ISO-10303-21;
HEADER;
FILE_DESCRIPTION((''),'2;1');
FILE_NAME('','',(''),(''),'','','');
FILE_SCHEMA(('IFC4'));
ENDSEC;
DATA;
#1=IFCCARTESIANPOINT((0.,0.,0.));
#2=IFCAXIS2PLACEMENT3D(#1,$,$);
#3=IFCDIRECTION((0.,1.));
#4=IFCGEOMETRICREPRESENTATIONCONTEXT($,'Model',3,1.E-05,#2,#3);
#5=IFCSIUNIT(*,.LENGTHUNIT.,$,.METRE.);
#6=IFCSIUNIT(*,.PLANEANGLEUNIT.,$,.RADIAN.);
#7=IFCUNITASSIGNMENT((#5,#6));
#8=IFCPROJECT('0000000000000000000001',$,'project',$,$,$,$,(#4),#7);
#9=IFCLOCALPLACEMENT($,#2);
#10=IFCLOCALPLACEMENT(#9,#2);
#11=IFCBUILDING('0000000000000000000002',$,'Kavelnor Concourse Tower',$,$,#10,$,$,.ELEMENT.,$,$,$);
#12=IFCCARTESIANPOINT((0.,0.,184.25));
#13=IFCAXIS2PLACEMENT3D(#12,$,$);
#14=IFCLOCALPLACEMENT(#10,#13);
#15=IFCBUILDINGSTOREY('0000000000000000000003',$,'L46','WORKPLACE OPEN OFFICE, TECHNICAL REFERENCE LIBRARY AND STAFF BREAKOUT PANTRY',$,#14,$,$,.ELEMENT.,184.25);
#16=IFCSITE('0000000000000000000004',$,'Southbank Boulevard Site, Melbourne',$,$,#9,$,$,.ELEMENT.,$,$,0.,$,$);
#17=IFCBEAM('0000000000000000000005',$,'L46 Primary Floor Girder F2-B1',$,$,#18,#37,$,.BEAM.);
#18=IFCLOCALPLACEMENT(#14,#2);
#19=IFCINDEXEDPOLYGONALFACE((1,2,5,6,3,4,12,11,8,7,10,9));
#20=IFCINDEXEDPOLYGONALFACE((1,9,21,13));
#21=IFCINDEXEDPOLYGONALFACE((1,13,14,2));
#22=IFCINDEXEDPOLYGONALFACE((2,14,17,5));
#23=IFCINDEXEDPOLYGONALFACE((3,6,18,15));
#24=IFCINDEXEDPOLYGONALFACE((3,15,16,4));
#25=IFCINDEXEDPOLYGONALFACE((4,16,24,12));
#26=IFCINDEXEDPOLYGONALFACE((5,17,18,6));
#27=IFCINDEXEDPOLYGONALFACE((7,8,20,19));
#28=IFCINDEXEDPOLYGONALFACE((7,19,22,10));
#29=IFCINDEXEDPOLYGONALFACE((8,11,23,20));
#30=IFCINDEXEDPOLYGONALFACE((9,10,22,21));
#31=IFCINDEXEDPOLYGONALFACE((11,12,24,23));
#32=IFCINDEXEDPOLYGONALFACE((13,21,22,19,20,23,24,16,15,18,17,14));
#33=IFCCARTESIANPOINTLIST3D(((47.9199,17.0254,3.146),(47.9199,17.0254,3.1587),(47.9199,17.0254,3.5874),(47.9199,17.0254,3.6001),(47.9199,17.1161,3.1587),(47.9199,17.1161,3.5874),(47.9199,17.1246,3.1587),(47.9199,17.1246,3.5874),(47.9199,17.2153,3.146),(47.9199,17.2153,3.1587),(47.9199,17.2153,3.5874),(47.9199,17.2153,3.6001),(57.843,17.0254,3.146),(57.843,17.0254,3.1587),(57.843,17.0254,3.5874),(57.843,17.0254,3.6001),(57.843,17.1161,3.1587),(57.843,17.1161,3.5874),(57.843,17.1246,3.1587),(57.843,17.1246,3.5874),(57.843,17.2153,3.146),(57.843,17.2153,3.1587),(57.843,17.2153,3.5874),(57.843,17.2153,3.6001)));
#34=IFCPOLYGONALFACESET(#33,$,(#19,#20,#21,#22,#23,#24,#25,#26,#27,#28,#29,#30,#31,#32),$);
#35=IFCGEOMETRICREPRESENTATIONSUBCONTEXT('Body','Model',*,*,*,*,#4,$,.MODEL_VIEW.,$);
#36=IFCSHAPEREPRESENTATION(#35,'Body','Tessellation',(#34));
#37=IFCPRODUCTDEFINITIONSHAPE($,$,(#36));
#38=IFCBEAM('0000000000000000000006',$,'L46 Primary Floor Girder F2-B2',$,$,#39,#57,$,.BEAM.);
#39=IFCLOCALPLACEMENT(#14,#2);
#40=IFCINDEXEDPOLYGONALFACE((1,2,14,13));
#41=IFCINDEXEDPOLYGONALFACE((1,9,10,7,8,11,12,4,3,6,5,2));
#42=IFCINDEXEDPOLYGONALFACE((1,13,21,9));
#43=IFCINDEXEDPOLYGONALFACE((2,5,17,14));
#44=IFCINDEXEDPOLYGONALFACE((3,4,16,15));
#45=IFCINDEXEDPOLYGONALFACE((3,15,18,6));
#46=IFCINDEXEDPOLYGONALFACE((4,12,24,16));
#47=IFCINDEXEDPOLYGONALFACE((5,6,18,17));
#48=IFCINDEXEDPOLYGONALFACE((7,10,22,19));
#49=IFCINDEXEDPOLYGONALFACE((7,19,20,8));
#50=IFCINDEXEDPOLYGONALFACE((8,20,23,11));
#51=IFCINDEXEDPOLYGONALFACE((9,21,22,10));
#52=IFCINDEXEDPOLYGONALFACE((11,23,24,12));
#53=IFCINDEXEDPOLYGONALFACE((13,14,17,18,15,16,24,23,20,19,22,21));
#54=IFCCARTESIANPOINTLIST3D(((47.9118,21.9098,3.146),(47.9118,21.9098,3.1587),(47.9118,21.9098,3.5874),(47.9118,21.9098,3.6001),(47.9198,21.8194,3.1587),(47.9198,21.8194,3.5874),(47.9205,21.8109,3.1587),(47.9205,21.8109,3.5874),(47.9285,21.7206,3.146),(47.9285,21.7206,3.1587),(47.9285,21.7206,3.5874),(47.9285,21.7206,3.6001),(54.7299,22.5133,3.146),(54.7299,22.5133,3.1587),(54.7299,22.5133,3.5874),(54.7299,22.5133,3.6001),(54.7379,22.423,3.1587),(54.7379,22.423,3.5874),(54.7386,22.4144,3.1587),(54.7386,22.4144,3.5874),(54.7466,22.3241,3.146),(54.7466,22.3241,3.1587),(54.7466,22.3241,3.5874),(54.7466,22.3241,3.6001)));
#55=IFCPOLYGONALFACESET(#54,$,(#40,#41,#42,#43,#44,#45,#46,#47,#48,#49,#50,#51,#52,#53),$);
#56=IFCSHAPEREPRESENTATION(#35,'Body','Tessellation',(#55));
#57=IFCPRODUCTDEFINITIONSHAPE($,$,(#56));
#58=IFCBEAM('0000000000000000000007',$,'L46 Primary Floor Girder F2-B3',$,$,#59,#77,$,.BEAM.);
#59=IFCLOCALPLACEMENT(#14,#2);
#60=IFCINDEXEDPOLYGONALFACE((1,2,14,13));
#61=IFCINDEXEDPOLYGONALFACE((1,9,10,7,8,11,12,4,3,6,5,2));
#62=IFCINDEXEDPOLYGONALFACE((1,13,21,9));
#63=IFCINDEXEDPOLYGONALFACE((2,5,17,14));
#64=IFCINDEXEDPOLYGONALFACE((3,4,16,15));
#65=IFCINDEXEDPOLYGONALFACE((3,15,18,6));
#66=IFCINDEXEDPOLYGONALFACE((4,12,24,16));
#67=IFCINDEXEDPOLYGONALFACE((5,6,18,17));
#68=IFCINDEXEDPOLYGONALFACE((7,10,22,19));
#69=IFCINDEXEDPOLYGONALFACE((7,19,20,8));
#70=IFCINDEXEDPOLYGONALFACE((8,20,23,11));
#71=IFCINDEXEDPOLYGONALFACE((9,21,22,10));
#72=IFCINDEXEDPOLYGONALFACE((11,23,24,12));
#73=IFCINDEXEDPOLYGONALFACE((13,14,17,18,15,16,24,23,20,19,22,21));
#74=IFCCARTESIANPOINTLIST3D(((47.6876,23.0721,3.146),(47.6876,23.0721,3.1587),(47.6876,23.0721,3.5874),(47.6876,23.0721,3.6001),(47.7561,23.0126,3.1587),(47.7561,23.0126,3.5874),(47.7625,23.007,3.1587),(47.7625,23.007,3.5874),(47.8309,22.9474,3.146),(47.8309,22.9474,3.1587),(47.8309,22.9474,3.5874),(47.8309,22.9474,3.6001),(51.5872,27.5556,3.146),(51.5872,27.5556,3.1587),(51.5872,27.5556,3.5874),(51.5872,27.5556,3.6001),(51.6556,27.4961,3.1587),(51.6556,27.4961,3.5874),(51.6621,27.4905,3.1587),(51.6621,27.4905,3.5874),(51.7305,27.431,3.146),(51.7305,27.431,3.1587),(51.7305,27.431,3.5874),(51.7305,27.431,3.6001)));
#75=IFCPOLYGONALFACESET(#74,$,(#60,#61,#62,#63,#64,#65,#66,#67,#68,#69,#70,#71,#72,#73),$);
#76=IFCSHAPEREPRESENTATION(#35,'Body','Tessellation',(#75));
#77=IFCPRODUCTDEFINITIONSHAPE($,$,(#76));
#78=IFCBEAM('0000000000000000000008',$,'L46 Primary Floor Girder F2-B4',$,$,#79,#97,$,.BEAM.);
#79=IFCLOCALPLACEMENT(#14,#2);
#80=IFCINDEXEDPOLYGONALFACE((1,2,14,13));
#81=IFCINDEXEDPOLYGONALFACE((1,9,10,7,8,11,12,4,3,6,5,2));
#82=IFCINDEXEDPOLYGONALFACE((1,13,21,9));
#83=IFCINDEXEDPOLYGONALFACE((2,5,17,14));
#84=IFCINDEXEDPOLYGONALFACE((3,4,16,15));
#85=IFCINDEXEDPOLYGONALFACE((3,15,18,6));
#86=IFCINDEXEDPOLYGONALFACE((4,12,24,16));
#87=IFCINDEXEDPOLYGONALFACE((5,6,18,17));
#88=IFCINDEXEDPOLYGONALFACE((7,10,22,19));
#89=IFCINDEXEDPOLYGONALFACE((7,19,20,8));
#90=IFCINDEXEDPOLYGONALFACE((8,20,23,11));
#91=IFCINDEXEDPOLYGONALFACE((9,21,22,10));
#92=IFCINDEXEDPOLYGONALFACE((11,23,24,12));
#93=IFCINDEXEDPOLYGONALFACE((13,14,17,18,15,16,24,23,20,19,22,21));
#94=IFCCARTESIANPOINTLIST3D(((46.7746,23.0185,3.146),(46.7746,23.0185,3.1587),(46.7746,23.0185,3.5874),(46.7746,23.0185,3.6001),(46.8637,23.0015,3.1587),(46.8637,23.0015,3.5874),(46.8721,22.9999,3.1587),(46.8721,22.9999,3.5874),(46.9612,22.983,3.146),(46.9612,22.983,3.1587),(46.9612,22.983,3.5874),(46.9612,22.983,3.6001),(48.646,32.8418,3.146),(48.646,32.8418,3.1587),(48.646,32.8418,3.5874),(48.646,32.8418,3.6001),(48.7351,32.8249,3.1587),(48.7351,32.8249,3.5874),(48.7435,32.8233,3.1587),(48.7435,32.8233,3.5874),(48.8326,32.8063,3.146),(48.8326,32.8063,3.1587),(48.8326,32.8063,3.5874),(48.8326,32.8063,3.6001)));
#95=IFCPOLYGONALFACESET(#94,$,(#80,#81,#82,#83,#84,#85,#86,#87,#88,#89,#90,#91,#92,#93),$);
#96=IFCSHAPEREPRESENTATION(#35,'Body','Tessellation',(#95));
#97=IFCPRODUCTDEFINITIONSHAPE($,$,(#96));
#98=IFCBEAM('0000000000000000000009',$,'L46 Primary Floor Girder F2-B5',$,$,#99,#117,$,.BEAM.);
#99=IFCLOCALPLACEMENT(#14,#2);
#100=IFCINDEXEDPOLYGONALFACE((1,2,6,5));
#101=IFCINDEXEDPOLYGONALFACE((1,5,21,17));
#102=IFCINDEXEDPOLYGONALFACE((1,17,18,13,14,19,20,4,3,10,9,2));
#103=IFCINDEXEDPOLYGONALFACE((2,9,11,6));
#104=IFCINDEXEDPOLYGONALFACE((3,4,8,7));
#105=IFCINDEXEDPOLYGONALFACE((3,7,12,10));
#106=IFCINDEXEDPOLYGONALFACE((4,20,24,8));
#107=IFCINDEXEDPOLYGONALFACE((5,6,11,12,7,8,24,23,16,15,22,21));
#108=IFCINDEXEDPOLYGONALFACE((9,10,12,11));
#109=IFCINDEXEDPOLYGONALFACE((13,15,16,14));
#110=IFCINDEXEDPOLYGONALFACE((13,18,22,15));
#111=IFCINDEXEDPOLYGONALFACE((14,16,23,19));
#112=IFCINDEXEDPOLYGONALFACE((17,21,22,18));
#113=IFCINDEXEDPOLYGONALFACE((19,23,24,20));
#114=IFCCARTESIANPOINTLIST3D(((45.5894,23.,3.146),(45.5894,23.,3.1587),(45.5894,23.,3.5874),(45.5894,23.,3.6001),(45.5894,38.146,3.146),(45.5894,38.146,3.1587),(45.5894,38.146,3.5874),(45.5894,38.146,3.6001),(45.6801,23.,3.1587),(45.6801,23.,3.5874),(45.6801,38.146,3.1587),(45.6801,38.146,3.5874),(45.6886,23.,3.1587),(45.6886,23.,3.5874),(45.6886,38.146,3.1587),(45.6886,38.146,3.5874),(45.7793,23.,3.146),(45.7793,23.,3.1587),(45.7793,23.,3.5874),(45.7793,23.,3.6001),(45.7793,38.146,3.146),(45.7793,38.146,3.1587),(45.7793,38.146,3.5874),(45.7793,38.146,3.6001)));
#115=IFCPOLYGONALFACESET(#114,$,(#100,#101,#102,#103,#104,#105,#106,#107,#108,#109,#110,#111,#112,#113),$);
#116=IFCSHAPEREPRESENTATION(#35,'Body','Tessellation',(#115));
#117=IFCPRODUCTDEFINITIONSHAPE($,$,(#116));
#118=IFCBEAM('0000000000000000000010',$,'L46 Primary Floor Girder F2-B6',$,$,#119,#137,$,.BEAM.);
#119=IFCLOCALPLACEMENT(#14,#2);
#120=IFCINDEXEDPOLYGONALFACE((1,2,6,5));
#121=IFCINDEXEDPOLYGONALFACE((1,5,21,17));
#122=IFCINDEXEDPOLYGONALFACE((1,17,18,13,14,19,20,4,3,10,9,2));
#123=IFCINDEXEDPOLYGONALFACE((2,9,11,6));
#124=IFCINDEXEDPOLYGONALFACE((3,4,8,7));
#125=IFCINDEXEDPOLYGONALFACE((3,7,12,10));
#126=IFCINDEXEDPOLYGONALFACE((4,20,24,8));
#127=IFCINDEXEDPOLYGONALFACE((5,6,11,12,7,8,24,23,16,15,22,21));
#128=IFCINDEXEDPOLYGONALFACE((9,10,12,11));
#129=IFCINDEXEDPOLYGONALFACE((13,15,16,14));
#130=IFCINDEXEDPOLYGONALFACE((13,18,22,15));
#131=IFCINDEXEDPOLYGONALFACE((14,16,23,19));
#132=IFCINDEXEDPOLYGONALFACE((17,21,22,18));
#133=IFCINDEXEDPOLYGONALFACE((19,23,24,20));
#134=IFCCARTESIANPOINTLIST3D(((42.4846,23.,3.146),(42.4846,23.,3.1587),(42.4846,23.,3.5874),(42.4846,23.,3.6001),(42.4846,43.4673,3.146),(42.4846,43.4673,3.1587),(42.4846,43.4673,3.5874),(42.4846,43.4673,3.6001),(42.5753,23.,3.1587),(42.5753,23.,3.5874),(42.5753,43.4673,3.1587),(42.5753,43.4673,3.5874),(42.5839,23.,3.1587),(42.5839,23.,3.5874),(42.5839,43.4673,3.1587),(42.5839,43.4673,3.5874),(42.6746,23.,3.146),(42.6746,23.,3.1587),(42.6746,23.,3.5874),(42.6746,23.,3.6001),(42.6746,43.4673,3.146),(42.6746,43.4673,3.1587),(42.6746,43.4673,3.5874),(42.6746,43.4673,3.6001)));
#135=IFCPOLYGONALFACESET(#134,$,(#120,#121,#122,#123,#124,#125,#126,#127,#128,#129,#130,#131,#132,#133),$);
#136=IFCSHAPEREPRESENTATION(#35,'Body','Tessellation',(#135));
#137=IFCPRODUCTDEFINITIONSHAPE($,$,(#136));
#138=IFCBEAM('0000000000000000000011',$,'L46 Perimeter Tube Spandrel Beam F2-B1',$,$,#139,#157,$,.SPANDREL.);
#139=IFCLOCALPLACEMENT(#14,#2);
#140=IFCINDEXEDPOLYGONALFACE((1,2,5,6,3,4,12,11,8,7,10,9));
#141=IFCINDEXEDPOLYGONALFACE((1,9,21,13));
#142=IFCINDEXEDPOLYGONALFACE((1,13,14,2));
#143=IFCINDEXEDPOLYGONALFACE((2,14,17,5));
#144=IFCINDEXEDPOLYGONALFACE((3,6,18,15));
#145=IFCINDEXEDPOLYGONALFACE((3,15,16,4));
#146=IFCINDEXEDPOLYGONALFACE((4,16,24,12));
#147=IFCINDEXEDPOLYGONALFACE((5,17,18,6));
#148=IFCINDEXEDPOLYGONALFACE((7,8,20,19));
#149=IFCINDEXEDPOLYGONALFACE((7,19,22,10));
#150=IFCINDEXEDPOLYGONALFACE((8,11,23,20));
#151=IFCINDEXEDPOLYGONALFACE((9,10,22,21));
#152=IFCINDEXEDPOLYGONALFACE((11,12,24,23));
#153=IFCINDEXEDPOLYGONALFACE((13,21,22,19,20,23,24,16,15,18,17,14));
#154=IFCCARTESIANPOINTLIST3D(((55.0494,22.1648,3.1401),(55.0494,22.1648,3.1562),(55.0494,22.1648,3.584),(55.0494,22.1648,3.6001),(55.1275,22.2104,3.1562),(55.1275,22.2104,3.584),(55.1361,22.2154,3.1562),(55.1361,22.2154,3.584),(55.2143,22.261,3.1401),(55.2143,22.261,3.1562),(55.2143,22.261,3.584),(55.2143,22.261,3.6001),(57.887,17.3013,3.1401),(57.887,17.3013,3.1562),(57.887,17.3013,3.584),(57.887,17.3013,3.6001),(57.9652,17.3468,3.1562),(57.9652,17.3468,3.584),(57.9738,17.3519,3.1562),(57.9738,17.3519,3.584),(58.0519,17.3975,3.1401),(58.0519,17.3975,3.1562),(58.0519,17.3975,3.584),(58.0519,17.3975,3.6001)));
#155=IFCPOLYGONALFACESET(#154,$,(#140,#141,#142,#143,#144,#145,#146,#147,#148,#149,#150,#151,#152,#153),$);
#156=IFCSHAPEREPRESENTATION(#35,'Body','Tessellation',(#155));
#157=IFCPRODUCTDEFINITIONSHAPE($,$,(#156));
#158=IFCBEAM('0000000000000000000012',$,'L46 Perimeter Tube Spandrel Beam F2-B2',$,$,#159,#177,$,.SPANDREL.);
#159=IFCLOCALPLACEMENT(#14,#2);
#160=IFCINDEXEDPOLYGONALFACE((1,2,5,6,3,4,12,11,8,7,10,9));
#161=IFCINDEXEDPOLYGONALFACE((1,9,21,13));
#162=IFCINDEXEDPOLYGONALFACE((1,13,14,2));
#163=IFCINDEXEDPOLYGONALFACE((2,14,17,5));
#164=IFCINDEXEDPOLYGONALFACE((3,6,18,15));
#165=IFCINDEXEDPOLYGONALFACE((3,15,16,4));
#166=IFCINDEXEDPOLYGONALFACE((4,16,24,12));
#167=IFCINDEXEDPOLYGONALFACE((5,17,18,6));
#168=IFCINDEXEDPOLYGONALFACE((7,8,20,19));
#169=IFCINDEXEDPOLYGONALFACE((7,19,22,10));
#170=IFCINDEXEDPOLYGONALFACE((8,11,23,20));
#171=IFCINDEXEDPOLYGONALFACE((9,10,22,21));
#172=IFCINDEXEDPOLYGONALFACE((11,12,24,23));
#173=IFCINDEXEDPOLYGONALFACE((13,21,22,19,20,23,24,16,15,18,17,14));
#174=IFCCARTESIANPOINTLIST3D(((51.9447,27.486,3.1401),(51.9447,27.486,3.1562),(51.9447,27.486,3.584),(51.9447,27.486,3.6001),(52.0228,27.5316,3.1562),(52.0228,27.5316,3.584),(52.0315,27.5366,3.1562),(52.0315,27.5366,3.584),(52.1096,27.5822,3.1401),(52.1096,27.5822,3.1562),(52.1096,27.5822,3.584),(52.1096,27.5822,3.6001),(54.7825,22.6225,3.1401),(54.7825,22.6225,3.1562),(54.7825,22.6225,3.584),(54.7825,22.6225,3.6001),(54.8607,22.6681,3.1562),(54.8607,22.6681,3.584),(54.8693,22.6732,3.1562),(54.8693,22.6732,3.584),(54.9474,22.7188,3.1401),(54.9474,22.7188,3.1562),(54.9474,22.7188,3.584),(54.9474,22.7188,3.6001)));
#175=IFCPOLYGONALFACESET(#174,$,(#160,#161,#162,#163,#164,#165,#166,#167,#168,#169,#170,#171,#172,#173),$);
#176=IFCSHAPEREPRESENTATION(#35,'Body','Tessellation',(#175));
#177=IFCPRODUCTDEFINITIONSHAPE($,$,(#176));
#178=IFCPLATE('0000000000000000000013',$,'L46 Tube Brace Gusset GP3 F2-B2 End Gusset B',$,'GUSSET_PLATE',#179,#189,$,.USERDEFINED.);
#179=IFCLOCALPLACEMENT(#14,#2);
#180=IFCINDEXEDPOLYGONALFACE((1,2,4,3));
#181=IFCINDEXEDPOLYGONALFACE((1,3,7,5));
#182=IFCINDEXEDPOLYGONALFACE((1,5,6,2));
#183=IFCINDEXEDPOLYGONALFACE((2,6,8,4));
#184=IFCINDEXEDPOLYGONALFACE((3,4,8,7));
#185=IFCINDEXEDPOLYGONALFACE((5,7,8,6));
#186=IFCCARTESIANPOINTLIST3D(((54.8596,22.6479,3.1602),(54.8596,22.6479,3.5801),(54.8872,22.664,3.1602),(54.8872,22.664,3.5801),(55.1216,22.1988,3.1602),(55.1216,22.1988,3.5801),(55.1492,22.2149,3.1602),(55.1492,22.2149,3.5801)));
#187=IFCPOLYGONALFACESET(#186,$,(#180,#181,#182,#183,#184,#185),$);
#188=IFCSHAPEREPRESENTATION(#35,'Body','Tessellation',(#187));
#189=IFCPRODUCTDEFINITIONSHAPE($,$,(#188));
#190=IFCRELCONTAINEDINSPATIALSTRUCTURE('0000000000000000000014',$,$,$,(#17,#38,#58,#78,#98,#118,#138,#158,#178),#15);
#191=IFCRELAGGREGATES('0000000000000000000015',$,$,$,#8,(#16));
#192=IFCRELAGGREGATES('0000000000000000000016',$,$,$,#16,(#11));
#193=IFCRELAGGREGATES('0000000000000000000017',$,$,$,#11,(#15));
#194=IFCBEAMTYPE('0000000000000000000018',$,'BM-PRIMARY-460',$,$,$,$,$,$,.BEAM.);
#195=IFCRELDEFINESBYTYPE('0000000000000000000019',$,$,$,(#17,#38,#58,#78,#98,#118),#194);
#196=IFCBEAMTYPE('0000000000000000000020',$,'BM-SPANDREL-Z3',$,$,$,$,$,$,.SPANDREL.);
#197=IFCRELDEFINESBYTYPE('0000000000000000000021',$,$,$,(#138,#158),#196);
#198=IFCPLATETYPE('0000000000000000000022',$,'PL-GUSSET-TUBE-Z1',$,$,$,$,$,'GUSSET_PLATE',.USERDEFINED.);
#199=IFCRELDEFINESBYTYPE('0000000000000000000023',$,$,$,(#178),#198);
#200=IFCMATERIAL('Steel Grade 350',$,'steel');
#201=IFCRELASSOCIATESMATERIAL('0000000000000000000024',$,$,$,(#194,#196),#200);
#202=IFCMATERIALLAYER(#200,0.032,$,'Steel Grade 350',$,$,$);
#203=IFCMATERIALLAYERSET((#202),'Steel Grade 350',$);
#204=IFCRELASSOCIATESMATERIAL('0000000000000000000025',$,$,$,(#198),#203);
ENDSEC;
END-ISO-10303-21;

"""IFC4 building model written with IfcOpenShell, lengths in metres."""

from ifc_helpers import new_model, si_unit, direction, frame, origin, origin_2d, place, context, subcontext, project, spatial, rectangle, i_section, extrude, material, layer, layer_set, material_profile, profile_set, type_object, element, save


model = new_model("IFC4")

# Units and contexts
model_context = context("Model", 3, precision=1e-05, world=origin(), true_north=direction((0.0, 1.0)))
body_context = subcontext(model_context, "Body", "Model", "MODEL_VIEW")
ifc_project = project(units=[si_unit("LENGTHUNIT", "METRE"), si_unit("PLANEANGLEUNIT", "RADIAN")], contexts=[model_context])

# Site, building, storey
site_placement = place(None, origin())
site = spatial("IfcSite", under=ifc_project, at=site_placement, Name="Southbank Boulevard Site, Melbourne", CompositionType="ELEMENT", RefElevation=0.0)
building_placement = place(site_placement, origin())
building = spatial("IfcBuilding", under=site, at=building_placement, Name="Kavelnor Concourse Tower", CompositionType="ELEMENT")
storey_placement = place(building_placement, frame((0.0, 0.0, 184.25)))
storey = spatial("IfcBuildingStorey", under=building, at=storey_placement, Name="L46", Description="WORKPLACE OPEN OFFICE, TECHNICAL REFERENCE LIBRARY AND STAFF BREAKOUT PANTRY", CompositionType="ELEMENT", Elevation=184.25)

# Shared definitions
ifc_material_1 = material(Name="Steel Grade 350", Category="steel")

# Beams
ifc_material_profile_1 = material_profile(ifc_material_1, i_section(OverallWidth=0.1899, OverallDepth=0.4541, WebThickness=0.0085, FlangeThickness=0.0127, at=origin_2d()), Name="460UB67")
ifc_profile_set_1 = profile_set([ifc_material_profile_1], Name="Steel Grade 350")
beam_type_1 = type_object("IfcBeamType", Name="BM-PRIMARY-460", PredefinedType="BEAM", material=ifc_profile_set_1)
beam_1_placement = place(storey_placement, frame((47.9199, 17.1204, 3.373), z_axis=(1.0, 0.0, 0.0), x_axis=(0.0, 1.0, 0.0)))
element("IfcBeam", 1, at=beam_1_placement, inside=storey, type_object=beam_type_1, Name="L46 Primary Floor Girder F2-B1", PredefinedType="BEAM", context=body_context, shape_type="SweptSolid", body=[
    extrude(i_section(OverallWidth=0.1899, OverallDepth=0.4541, WebThickness=0.0085, FlangeThickness=0.0127, at=origin_2d()), origin(), (0.0, 0.0, 1.0), 9.9231),
])
beam_2_placement = place(storey_placement, frame((47.9202, 21.8152, 3.373), z_axis=(0.996105, 0.088172, 0.0), x_axis=(-0.088172, 0.996105, 0.0)))
element("IfcBeam", 2, at=beam_2_placement, inside=storey, type_object=beam_type_1, Name="L46 Primary Floor Girder F2-B2", PredefinedType="BEAM", context=body_context, shape_type="SweptSolid", body=[
    extrude(i_section(OverallWidth=0.1899, OverallDepth=0.4541, WebThickness=0.0085, FlangeThickness=0.0127, at=origin_2d()), origin(), (0.0, 0.0, 1.0), 6.8447),
])
beam_3_placement = place(storey_placement, frame((47.7593, 23.0098, 3.373), z_axis=(0.656259, 0.754536, 0.0), x_axis=(-0.754536, 0.656259, 0.0)))
element("IfcBeam", 3, at=beam_3_placement, inside=storey, type_object=beam_type_1, Name="L46 Primary Floor Girder F2-B3", PredefinedType="BEAM", context=body_context, shape_type="SweptSolid", body=[
    extrude(i_section(OverallWidth=0.1899, OverallDepth=0.4541, WebThickness=0.0085, FlangeThickness=0.0127, at=origin_2d()), origin(), (0.0, 0.0, 1.0), 5.9421),
])
beam_4_placement = place(storey_placement, frame((46.8679, 23.0007, 3.373), z_axis=(0.187136, 0.982334, 0.0), x_axis=(-0.982334, 0.187136, 0.0)))
element("IfcBeam", 4, at=beam_4_placement, inside=storey, type_object=beam_type_1, Name="L46 Primary Floor Girder F2-B4", PredefinedType="BEAM", context=body_context, shape_type="SweptSolid", body=[
    extrude(i_section(OverallWidth=0.1899, OverallDepth=0.4541, WebThickness=0.0085, FlangeThickness=0.0127, at=origin_2d()), origin(), (0.0, 0.0, 1.0), 10.0),
])
beam_5_placement = place(storey_placement, frame((45.6843, 23.0, 3.373), z_axis=(0.0, 1.0, 0.0), x_axis=(-1.0, 0.0, 0.0)))
element("IfcBeam", 5, at=beam_5_placement, inside=storey, type_object=beam_type_1, Name="L46 Primary Floor Girder F2-B5", PredefinedType="BEAM", context=body_context, shape_type="SweptSolid", body=[
    extrude(i_section(OverallWidth=0.1899, OverallDepth=0.4541, WebThickness=0.0085, FlangeThickness=0.0127, at=origin_2d()), origin(), (0.0, 0.0, 1.0), 15.146),
])
beam_6_placement = place(storey_placement, frame((42.5796, 23.0, 3.373), z_axis=(0.0, 1.0, 0.0), x_axis=(-1.0, 0.0, 0.0)))
element("IfcBeam", 6, at=beam_6_placement, inside=storey, type_object=beam_type_1, Name="L46 Primary Floor Girder F2-B6", PredefinedType="BEAM", context=body_context, shape_type="SweptSolid", body=[
    extrude(i_section(OverallWidth=0.1899, OverallDepth=0.4541, WebThickness=0.0085, FlangeThickness=0.0127, at=origin_2d()), origin(), (0.0, 0.0, 1.0), 20.4673),
])
ifc_material_profile_2 = material_profile(ifc_material_1, i_section(OverallWidth=0.1909, OverallDepth=0.46, WebThickness=0.01, FlangeThickness=0.0161, at=origin_2d()), Name="460UB82")
ifc_profile_set_2 = profile_set([ifc_material_profile_2], Name="Steel Grade 350")
beam_type_2 = type_object("IfcBeamType", Name="BM-SPANDREL-Z3", PredefinedType="SPANDREL", material=ifc_profile_set_2)
for number, where, z_axis, x_axis, name in (
    (7, (57.9695, 17.3494, 3.3701), (-0.503949, 0.863733, 0.0), (-0.863733, -0.503949, 0.0), "L46 Perimeter Tube Spandrel Beam F2-B1"),
    (8, (54.865, 22.6707, 3.3701), (-0.503982, 0.863714, 0.0), (-0.863714, -0.503982, 0.0), "L46 Perimeter Tube Spandrel Beam F2-B2"),
):
    element("IfcBeam", number, at=place(storey_placement, frame(where, z_axis=z_axis, x_axis=x_axis)), inside=storey, type_object=beam_type_2, Name=name, PredefinedType="SPANDREL", context=body_context, shape_type="SweptSolid", body=[
        extrude(i_section(OverallWidth=0.1909, OverallDepth=0.46, WebThickness=0.01, FlangeThickness=0.0161, at=origin_2d()), origin(), (0.0, 0.0, 1.0), 5.6309),
    ])

# Plate
ifc_layer_1 = layer(ifc_material_1, 0.032, Name="Steel Grade 350")
ifc_layer_set_1 = layer_set([ifc_layer_1], Name="Steel Grade 350")
plate_type_1 = type_object("IfcPlateType", Name="PL-GUSSET-TUBE-Z1", ElementType="GUSSET_PLATE", PredefinedType="USERDEFINED", material=ifc_layer_set_1)
plate_1_placement = place(storey_placement, frame((55.0044, 22.4314, 3.1602), z_axis=(0.0, 0.0, 1.0), x_axis=(0.503925, -0.863748, 0.0)))
element("IfcPlate", 9, at=plate_1_placement, inside=storey, type_object=plate_type_1, Name="L46 Tube Brace Gusset GP3 F2-B2 End Gusset B", ObjectType="GUSSET_PLATE", PredefinedType="USERDEFINED", context=body_context, shape_type="SweptSolid", body=[
    extrude(rectangle(XDim=0.52, YDim=0.032, at=origin_2d()), origin(), (0.0, 0.0, 1.0), 0.4199),
])

save(model, "model.ifc")
